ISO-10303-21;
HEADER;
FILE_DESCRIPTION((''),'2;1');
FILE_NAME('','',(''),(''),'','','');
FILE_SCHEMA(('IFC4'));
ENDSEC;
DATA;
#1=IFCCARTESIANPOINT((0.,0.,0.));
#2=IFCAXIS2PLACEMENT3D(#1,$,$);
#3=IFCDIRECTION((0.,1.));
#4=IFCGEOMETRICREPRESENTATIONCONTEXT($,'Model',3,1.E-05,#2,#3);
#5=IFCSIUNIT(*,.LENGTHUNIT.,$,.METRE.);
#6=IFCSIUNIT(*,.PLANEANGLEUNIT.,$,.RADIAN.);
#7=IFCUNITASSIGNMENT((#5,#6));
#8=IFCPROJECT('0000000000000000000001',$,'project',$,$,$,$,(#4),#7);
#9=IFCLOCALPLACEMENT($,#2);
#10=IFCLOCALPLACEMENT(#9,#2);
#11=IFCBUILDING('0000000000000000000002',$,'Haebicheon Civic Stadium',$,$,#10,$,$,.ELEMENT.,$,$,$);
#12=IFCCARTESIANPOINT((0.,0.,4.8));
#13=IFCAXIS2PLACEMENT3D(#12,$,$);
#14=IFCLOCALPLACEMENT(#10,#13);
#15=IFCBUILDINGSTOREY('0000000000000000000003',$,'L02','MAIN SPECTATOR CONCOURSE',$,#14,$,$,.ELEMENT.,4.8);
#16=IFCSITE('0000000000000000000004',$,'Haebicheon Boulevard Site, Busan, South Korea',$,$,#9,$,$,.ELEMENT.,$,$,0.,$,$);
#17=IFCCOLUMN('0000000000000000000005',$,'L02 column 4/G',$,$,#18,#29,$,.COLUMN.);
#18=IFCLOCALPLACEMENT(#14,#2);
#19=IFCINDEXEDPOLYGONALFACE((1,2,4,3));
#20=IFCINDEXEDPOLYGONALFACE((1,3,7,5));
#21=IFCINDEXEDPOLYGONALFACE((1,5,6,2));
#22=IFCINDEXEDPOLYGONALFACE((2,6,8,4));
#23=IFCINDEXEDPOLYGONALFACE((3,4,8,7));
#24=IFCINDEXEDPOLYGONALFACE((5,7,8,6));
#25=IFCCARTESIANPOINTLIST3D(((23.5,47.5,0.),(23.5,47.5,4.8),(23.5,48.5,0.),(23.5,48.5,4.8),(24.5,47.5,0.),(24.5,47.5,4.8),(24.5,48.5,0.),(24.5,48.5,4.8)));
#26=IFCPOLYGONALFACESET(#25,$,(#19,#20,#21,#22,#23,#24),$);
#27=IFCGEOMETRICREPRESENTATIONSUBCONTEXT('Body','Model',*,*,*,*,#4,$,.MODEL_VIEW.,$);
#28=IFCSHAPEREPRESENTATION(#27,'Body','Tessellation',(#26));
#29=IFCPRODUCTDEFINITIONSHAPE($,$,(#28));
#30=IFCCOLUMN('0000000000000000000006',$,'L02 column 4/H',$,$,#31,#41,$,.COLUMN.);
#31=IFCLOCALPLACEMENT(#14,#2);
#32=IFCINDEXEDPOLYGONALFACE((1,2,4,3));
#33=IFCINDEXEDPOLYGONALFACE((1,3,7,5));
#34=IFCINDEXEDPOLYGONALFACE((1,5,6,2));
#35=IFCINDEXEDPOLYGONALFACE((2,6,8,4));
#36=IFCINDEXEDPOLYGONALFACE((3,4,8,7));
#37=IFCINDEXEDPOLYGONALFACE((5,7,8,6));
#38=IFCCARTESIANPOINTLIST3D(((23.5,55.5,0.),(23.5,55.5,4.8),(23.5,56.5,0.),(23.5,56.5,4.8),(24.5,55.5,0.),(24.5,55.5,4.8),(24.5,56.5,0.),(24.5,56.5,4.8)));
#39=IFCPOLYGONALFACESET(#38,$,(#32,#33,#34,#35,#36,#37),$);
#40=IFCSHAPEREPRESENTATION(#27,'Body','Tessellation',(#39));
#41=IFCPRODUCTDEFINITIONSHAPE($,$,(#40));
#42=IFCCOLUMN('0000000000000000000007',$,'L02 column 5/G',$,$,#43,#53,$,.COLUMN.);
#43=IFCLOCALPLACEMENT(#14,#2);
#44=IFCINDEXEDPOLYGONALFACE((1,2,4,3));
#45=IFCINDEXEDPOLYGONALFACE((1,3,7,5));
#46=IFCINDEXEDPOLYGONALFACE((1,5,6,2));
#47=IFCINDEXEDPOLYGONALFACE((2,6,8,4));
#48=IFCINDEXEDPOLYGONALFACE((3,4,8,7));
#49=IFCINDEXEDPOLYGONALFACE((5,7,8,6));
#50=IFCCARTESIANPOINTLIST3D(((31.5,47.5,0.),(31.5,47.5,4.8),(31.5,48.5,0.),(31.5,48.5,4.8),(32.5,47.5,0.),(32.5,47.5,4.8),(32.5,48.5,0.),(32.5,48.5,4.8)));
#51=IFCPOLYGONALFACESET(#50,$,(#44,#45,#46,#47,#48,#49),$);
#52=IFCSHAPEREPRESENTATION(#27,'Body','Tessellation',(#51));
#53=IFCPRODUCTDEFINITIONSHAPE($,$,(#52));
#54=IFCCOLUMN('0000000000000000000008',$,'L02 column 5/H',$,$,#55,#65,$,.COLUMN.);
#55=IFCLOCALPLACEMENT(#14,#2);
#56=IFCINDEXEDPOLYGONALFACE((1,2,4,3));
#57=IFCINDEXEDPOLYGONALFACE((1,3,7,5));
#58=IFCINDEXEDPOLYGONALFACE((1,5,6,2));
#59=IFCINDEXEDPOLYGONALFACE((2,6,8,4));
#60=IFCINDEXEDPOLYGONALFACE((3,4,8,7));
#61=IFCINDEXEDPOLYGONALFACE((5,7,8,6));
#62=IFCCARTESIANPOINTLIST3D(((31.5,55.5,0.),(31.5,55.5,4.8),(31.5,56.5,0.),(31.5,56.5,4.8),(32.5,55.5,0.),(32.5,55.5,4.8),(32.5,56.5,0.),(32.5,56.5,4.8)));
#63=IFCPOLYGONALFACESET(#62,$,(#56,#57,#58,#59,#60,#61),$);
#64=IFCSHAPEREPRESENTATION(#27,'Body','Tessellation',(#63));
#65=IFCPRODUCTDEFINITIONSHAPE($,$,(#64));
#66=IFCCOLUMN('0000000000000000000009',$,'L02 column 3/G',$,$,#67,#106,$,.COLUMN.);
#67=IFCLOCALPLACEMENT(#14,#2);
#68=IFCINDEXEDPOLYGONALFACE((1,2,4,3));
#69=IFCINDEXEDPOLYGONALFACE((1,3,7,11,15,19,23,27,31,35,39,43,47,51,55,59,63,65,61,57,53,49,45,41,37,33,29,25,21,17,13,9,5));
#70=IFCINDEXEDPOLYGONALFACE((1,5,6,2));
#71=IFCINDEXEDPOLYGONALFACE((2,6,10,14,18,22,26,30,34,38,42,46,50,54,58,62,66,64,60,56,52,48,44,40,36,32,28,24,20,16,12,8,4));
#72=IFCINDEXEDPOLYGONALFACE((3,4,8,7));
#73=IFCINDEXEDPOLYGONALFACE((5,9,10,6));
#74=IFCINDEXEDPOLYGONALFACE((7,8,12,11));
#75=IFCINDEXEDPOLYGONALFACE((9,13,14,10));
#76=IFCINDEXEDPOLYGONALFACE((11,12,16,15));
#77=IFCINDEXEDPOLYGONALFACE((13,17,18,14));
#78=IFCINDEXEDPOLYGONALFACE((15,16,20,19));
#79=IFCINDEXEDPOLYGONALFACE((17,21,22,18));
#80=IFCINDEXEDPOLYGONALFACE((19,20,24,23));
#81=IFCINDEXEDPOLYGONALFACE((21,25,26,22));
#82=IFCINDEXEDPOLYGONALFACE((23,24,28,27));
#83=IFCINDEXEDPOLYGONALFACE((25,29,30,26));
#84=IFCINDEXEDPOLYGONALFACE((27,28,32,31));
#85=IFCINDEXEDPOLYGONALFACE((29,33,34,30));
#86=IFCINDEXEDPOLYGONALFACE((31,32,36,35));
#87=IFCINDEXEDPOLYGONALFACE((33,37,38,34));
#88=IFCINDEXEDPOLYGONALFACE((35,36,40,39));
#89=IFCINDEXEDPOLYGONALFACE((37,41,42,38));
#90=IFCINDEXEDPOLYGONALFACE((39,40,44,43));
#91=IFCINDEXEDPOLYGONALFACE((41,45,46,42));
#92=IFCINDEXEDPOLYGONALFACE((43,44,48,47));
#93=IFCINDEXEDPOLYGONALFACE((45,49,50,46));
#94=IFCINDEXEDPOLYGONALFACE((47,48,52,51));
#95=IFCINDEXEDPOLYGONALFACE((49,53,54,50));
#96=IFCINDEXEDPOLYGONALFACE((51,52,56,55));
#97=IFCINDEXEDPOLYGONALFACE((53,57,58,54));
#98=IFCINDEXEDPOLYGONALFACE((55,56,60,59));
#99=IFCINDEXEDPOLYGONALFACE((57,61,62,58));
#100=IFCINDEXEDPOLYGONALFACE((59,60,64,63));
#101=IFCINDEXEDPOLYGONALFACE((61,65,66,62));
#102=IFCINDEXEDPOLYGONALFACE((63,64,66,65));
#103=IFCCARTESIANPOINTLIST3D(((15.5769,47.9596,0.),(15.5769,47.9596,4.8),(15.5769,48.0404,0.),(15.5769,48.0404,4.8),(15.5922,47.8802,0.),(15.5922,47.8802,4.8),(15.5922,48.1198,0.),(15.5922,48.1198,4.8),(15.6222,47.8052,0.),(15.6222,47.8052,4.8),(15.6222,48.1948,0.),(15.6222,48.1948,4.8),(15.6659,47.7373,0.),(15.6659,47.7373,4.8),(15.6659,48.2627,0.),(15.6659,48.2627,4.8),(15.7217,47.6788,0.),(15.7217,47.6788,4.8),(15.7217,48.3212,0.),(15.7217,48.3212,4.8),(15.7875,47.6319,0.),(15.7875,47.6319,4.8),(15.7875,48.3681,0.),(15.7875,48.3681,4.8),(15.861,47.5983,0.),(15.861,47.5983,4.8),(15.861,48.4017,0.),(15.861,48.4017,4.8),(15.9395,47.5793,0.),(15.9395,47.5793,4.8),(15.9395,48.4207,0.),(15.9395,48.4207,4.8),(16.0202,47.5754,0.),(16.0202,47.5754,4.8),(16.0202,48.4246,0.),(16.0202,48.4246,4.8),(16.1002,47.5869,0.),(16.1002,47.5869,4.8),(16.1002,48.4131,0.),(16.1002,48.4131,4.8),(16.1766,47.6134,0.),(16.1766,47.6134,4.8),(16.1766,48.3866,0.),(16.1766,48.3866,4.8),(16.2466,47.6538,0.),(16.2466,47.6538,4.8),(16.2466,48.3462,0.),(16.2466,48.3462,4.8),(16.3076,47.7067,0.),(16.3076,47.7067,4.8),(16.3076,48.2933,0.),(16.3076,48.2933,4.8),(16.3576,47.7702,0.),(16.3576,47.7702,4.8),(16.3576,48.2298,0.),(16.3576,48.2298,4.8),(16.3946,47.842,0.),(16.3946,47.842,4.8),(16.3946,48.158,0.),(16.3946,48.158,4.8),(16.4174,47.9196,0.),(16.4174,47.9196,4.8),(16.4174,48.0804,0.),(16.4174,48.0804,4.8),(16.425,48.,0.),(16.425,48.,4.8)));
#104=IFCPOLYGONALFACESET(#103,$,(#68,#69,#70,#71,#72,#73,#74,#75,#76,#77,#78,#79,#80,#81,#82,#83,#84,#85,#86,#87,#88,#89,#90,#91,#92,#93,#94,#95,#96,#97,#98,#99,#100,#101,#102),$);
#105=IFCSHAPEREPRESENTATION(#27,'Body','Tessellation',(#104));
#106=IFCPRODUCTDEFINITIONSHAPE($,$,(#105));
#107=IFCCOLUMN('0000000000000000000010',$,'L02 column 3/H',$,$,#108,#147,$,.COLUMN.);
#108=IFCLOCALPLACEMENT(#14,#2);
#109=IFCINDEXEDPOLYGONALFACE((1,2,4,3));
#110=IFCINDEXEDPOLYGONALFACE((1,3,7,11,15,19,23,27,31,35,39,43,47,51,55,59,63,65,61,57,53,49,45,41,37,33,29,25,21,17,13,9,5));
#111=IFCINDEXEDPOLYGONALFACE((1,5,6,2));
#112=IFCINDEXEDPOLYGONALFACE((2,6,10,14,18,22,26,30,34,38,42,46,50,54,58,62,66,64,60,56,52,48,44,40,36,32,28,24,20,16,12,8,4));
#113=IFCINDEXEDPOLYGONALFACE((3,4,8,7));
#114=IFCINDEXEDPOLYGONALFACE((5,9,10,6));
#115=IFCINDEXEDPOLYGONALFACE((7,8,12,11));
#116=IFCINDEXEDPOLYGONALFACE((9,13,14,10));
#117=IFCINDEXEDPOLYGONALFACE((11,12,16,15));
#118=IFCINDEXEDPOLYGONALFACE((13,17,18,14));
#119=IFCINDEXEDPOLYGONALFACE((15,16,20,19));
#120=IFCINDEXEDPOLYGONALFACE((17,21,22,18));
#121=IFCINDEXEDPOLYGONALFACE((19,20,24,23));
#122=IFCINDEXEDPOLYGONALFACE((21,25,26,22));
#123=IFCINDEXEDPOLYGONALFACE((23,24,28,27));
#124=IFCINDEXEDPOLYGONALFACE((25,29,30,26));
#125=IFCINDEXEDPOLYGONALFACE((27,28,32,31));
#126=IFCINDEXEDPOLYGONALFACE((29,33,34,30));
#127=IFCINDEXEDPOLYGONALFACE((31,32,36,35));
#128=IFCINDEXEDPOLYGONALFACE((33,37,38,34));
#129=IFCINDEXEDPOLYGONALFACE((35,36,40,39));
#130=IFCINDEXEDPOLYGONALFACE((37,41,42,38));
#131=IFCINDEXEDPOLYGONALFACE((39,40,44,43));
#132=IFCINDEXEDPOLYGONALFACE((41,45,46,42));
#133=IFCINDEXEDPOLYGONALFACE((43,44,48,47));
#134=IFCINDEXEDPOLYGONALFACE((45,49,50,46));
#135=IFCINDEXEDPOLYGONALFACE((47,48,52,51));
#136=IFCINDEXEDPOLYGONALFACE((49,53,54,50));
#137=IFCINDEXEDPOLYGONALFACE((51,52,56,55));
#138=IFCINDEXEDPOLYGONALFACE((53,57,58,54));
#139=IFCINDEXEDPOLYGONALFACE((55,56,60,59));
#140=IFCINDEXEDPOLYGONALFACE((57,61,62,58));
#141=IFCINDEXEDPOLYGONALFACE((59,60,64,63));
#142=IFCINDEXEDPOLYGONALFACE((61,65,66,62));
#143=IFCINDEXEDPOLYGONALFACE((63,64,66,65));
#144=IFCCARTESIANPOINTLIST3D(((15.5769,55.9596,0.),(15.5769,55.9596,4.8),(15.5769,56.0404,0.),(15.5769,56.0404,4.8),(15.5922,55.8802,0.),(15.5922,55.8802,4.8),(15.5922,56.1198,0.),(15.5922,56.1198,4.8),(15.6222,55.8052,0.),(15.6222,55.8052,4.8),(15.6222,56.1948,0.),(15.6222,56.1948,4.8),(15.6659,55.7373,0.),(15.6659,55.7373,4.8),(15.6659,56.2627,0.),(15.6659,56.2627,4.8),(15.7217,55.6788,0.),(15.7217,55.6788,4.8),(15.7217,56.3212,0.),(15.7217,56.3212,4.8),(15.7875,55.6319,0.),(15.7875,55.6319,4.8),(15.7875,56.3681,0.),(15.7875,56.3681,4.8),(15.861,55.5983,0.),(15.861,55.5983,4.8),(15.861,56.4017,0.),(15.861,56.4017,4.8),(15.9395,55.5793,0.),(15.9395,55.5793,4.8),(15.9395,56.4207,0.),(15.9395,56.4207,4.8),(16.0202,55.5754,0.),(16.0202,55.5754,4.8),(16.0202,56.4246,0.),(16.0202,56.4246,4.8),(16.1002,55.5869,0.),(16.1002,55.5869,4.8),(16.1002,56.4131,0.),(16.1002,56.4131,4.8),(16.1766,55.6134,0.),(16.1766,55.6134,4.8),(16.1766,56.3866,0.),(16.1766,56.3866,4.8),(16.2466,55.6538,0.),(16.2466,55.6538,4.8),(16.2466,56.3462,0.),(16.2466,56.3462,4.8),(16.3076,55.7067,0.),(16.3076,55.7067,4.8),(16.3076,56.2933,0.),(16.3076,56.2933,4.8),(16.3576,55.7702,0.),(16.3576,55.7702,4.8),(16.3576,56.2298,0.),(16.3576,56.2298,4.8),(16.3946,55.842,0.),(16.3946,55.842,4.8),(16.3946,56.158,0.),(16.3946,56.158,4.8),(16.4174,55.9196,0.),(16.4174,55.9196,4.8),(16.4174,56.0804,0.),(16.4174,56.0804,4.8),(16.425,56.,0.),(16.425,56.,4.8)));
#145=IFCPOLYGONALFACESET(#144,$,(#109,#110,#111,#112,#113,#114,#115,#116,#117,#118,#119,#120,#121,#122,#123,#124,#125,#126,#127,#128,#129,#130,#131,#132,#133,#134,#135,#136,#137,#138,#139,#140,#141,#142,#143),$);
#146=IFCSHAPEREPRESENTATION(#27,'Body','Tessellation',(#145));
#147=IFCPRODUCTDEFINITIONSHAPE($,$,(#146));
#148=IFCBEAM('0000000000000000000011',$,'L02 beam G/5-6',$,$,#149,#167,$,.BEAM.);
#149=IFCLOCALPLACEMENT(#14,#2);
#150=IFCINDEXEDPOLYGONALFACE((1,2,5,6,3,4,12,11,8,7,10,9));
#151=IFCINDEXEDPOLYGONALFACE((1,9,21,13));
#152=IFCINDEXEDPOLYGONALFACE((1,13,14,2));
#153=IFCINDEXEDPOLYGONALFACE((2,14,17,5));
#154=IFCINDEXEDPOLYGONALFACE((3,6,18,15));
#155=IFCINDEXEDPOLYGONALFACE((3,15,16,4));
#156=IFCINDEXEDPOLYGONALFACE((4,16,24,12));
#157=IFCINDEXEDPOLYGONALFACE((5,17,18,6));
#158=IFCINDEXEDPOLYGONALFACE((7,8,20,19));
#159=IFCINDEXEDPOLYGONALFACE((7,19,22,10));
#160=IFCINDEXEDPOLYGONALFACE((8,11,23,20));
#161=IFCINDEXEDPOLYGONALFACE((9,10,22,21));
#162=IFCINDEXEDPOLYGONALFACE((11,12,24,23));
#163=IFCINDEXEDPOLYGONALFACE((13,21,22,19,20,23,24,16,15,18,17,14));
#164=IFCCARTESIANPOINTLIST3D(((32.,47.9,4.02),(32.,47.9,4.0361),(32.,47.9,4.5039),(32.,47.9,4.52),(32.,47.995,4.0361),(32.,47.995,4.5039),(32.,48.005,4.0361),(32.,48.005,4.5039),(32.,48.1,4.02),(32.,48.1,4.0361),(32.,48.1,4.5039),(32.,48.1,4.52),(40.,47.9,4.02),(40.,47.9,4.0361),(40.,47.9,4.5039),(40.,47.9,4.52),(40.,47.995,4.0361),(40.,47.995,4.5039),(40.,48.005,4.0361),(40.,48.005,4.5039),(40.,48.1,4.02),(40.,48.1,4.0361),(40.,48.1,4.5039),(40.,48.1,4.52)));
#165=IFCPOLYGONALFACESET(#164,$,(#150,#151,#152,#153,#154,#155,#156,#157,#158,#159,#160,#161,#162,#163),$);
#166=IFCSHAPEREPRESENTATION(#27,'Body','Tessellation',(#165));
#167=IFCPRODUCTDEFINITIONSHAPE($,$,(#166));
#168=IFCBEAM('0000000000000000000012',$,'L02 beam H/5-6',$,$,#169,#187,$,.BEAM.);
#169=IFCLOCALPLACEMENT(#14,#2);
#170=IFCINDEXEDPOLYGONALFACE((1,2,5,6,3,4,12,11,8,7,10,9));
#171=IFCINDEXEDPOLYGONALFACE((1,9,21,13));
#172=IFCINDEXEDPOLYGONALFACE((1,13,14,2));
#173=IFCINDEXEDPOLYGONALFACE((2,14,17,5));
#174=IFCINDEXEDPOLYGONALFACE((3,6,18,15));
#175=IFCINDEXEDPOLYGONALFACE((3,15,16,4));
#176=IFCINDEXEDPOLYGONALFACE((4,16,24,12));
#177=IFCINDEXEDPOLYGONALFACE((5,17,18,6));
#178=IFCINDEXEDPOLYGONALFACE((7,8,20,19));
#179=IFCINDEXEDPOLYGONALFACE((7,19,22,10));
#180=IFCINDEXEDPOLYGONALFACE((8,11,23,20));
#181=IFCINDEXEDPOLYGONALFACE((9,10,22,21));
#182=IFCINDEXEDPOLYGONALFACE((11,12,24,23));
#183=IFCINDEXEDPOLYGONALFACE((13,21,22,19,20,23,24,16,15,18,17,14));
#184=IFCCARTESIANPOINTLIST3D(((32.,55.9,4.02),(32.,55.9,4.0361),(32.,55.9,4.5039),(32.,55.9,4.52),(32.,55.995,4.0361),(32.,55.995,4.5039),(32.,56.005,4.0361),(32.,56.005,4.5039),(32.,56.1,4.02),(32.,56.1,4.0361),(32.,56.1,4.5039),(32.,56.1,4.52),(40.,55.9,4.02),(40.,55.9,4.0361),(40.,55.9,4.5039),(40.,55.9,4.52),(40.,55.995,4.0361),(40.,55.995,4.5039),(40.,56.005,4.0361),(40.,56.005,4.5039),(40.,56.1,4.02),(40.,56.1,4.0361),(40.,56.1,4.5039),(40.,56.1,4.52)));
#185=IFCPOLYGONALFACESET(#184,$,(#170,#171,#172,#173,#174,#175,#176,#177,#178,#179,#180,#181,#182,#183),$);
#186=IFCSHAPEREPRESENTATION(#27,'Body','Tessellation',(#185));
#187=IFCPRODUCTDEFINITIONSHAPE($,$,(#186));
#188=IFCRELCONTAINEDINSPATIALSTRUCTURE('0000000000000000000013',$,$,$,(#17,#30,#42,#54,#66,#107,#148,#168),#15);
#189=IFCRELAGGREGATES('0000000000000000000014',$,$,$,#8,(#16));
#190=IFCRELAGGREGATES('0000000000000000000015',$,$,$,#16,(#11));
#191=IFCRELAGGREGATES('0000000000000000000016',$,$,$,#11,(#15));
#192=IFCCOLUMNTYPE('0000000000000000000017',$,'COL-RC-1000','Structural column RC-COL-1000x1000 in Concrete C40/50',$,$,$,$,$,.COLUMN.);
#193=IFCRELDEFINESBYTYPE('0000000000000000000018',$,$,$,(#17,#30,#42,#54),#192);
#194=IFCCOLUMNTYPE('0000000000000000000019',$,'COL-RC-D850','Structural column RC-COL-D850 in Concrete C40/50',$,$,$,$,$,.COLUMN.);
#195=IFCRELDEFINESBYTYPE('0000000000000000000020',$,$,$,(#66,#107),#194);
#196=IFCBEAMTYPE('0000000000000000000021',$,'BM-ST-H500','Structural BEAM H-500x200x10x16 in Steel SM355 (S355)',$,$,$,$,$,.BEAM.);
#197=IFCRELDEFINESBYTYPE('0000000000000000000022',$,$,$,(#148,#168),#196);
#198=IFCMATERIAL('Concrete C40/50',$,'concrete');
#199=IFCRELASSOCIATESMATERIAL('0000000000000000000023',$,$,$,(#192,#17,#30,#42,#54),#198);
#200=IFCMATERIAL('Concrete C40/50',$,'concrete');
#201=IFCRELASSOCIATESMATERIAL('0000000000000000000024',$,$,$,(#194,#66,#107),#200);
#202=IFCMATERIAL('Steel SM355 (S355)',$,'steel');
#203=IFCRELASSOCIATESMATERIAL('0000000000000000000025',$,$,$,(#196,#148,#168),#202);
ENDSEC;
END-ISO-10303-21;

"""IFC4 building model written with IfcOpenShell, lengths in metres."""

from ifc_helpers import new_model, si_unit, direction, frame, origin, origin_2d, place, context, subcontext, project, spatial, rectangle, circle, i_section, extrude, material, material_profile, profile_set, type_object, element, save


model = new_model("IFC4")

# Units and contexts
model_context = context("Model", 3, precision=1e-05, world=origin(), true_north=direction((0.0, 1.0)))
body_context = subcontext(model_context, "Body", "Model", "MODEL_VIEW")
ifc_project = project(units=[si_unit("LENGTHUNIT", "METRE"), si_unit("PLANEANGLEUNIT", "RADIAN")], contexts=[model_context])

# Site, building, storey
site_placement = place(None, origin())
site = spatial("IfcSite", under=ifc_project, at=site_placement, Name="Haebicheon Boulevard Site, Busan, South Korea", CompositionType="ELEMENT", RefElevation=0.0)
building_placement = place(site_placement, origin())
building = spatial("IfcBuilding", under=site, at=building_placement, Name="Haebicheon Civic Stadium", CompositionType="ELEMENT")
storey_placement = place(building_placement, frame((0.0, 0.0, 4.8)))
storey = spatial("IfcBuildingStorey", under=building, at=storey_placement, Name="L02", Description="MAIN SPECTATOR CONCOURSE", CompositionType="ELEMENT", Elevation=4.8)

# Columns
ifc_material_1 = material(Name="Concrete C40/50", Category="concrete")
ifc_material_profile_1 = material_profile(ifc_material_1, rectangle(XDim=1.0, YDim=1.0, at=origin_2d()), Name="RC-COL-1000x1000")
ifc_profile_set_1 = profile_set([ifc_material_profile_1], Name="Concrete C40/50")
column_type_1 = type_object("IfcColumnType", Name="COL-RC-1000", Description="Structural column RC-COL-1000x1000 in Concrete C40/50", PredefinedType="COLUMN", material=ifc_profile_set_1)
for number, where, z_axis, x_axis, name in (
    (1, (24.0, 48.0, 0.0), (0.0, 0.0, 1.0), (1.0, 0.0, 0.0), "L02 column 4/G"),
    (2, (24.0, 56.0, 0.0), (0.0, 0.0, 1.0), (1.0, 0.0, 0.0), "L02 column 4/H"),
    (3, (32.0, 48.0, 0.0), (0.0, 0.0, 1.0), (1.0, 0.0, 0.0), "L02 column 5/G"),
    (4, (32.0, 56.0, 0.0), (0.0, 0.0, 1.0), (1.0, 0.0, 0.0), "L02 column 5/H"),
):
    element("IfcColumn", number, at=place(storey_placement, frame(where, z_axis=z_axis, x_axis=x_axis)), inside=storey, type_object=column_type_1, material=ifc_profile_set_1, Name=name, PredefinedType="COLUMN", context=body_context, shape_type="SweptSolid", body=[
        extrude(rectangle(XDim=1.0, YDim=1.0, at=origin_2d()), origin(), (0.0, 0.0, 1.0), 4.8),
    ])
ifc_material_2 = material(Name="Concrete C40/50", Category="concrete")
ifc_material_profile_2 = material_profile(ifc_material_2, circle(Radius=0.425, at=origin_2d()), Name="RC-COL-D850")
ifc_profile_set_2 = profile_set([ifc_material_profile_2], Name="Concrete C40/50")
column_type_2 = type_object("IfcColumnType", Name="COL-RC-D850", Description="Structural column RC-COL-D850 in Concrete C40/50", PredefinedType="COLUMN", material=ifc_profile_set_2)
for number, where, z_axis, x_axis, name in (
    (5, (16.0, 48.0, 0.0), (0.0, 0.0, 1.0), (1.0, 0.0, 0.0), "L02 column 3/G"),
    (6, (16.0, 56.0, 0.0), (0.0, 0.0, 1.0), (1.0, 0.0, 0.0), "L02 column 3/H"),
):
    element("IfcColumn", number, at=place(storey_placement, frame(where, z_axis=z_axis, x_axis=x_axis)), inside=storey, type_object=column_type_2, material=ifc_profile_set_2, Name=name, PredefinedType="COLUMN", context=body_context, shape_type="SweptSolid", body=[
        extrude(circle(Radius=0.425, at=origin_2d()), origin(), (0.0, 0.0, 1.0), 4.8),
    ])

# Beams
ifc_material_3 = material(Name="Steel SM355 (S355)", Category="steel")
ifc_material_profile_3 = material_profile(ifc_material_3, i_section(OverallWidth=0.2, OverallDepth=0.5, WebThickness=0.01, FlangeThickness=0.0161, at=origin_2d()), Name="H-500x200x10x16")
ifc_profile_set_3 = profile_set([ifc_material_profile_3], Name="Steel SM355 (S355)")
beam_type_1 = type_object("IfcBeamType", Name="BM-ST-H500", Description="Structural BEAM H-500x200x10x16 in Steel SM355 (S355)", PredefinedType="BEAM", material=ifc_profile_set_3)
for number, where, z_axis, x_axis, name in (
    (7, (32.0, 48.0, 4.27), (1.0, 0.0, 0.0), (0.0, 1.0, 0.0), "L02 beam G/5-6"),
    (8, (32.0, 56.0, 4.27), (1.0, 0.0, 0.0), (0.0, 1.0, 0.0), "L02 beam H/5-6"),
):
    element("IfcBeam", number, at=place(storey_placement, frame(where, z_axis=z_axis, x_axis=x_axis)), inside=storey, type_object=beam_type_1, material=ifc_profile_set_3, Name=name, PredefinedType="BEAM", context=body_context, shape_type="SweptSolid", body=[
        extrude(i_section(OverallWidth=0.2, OverallDepth=0.5, WebThickness=0.01, FlangeThickness=0.0161, at=origin_2d()), origin(), (0.0, 0.0, 1.0), 8.0),
    ])

save(model, "model.ifc")
